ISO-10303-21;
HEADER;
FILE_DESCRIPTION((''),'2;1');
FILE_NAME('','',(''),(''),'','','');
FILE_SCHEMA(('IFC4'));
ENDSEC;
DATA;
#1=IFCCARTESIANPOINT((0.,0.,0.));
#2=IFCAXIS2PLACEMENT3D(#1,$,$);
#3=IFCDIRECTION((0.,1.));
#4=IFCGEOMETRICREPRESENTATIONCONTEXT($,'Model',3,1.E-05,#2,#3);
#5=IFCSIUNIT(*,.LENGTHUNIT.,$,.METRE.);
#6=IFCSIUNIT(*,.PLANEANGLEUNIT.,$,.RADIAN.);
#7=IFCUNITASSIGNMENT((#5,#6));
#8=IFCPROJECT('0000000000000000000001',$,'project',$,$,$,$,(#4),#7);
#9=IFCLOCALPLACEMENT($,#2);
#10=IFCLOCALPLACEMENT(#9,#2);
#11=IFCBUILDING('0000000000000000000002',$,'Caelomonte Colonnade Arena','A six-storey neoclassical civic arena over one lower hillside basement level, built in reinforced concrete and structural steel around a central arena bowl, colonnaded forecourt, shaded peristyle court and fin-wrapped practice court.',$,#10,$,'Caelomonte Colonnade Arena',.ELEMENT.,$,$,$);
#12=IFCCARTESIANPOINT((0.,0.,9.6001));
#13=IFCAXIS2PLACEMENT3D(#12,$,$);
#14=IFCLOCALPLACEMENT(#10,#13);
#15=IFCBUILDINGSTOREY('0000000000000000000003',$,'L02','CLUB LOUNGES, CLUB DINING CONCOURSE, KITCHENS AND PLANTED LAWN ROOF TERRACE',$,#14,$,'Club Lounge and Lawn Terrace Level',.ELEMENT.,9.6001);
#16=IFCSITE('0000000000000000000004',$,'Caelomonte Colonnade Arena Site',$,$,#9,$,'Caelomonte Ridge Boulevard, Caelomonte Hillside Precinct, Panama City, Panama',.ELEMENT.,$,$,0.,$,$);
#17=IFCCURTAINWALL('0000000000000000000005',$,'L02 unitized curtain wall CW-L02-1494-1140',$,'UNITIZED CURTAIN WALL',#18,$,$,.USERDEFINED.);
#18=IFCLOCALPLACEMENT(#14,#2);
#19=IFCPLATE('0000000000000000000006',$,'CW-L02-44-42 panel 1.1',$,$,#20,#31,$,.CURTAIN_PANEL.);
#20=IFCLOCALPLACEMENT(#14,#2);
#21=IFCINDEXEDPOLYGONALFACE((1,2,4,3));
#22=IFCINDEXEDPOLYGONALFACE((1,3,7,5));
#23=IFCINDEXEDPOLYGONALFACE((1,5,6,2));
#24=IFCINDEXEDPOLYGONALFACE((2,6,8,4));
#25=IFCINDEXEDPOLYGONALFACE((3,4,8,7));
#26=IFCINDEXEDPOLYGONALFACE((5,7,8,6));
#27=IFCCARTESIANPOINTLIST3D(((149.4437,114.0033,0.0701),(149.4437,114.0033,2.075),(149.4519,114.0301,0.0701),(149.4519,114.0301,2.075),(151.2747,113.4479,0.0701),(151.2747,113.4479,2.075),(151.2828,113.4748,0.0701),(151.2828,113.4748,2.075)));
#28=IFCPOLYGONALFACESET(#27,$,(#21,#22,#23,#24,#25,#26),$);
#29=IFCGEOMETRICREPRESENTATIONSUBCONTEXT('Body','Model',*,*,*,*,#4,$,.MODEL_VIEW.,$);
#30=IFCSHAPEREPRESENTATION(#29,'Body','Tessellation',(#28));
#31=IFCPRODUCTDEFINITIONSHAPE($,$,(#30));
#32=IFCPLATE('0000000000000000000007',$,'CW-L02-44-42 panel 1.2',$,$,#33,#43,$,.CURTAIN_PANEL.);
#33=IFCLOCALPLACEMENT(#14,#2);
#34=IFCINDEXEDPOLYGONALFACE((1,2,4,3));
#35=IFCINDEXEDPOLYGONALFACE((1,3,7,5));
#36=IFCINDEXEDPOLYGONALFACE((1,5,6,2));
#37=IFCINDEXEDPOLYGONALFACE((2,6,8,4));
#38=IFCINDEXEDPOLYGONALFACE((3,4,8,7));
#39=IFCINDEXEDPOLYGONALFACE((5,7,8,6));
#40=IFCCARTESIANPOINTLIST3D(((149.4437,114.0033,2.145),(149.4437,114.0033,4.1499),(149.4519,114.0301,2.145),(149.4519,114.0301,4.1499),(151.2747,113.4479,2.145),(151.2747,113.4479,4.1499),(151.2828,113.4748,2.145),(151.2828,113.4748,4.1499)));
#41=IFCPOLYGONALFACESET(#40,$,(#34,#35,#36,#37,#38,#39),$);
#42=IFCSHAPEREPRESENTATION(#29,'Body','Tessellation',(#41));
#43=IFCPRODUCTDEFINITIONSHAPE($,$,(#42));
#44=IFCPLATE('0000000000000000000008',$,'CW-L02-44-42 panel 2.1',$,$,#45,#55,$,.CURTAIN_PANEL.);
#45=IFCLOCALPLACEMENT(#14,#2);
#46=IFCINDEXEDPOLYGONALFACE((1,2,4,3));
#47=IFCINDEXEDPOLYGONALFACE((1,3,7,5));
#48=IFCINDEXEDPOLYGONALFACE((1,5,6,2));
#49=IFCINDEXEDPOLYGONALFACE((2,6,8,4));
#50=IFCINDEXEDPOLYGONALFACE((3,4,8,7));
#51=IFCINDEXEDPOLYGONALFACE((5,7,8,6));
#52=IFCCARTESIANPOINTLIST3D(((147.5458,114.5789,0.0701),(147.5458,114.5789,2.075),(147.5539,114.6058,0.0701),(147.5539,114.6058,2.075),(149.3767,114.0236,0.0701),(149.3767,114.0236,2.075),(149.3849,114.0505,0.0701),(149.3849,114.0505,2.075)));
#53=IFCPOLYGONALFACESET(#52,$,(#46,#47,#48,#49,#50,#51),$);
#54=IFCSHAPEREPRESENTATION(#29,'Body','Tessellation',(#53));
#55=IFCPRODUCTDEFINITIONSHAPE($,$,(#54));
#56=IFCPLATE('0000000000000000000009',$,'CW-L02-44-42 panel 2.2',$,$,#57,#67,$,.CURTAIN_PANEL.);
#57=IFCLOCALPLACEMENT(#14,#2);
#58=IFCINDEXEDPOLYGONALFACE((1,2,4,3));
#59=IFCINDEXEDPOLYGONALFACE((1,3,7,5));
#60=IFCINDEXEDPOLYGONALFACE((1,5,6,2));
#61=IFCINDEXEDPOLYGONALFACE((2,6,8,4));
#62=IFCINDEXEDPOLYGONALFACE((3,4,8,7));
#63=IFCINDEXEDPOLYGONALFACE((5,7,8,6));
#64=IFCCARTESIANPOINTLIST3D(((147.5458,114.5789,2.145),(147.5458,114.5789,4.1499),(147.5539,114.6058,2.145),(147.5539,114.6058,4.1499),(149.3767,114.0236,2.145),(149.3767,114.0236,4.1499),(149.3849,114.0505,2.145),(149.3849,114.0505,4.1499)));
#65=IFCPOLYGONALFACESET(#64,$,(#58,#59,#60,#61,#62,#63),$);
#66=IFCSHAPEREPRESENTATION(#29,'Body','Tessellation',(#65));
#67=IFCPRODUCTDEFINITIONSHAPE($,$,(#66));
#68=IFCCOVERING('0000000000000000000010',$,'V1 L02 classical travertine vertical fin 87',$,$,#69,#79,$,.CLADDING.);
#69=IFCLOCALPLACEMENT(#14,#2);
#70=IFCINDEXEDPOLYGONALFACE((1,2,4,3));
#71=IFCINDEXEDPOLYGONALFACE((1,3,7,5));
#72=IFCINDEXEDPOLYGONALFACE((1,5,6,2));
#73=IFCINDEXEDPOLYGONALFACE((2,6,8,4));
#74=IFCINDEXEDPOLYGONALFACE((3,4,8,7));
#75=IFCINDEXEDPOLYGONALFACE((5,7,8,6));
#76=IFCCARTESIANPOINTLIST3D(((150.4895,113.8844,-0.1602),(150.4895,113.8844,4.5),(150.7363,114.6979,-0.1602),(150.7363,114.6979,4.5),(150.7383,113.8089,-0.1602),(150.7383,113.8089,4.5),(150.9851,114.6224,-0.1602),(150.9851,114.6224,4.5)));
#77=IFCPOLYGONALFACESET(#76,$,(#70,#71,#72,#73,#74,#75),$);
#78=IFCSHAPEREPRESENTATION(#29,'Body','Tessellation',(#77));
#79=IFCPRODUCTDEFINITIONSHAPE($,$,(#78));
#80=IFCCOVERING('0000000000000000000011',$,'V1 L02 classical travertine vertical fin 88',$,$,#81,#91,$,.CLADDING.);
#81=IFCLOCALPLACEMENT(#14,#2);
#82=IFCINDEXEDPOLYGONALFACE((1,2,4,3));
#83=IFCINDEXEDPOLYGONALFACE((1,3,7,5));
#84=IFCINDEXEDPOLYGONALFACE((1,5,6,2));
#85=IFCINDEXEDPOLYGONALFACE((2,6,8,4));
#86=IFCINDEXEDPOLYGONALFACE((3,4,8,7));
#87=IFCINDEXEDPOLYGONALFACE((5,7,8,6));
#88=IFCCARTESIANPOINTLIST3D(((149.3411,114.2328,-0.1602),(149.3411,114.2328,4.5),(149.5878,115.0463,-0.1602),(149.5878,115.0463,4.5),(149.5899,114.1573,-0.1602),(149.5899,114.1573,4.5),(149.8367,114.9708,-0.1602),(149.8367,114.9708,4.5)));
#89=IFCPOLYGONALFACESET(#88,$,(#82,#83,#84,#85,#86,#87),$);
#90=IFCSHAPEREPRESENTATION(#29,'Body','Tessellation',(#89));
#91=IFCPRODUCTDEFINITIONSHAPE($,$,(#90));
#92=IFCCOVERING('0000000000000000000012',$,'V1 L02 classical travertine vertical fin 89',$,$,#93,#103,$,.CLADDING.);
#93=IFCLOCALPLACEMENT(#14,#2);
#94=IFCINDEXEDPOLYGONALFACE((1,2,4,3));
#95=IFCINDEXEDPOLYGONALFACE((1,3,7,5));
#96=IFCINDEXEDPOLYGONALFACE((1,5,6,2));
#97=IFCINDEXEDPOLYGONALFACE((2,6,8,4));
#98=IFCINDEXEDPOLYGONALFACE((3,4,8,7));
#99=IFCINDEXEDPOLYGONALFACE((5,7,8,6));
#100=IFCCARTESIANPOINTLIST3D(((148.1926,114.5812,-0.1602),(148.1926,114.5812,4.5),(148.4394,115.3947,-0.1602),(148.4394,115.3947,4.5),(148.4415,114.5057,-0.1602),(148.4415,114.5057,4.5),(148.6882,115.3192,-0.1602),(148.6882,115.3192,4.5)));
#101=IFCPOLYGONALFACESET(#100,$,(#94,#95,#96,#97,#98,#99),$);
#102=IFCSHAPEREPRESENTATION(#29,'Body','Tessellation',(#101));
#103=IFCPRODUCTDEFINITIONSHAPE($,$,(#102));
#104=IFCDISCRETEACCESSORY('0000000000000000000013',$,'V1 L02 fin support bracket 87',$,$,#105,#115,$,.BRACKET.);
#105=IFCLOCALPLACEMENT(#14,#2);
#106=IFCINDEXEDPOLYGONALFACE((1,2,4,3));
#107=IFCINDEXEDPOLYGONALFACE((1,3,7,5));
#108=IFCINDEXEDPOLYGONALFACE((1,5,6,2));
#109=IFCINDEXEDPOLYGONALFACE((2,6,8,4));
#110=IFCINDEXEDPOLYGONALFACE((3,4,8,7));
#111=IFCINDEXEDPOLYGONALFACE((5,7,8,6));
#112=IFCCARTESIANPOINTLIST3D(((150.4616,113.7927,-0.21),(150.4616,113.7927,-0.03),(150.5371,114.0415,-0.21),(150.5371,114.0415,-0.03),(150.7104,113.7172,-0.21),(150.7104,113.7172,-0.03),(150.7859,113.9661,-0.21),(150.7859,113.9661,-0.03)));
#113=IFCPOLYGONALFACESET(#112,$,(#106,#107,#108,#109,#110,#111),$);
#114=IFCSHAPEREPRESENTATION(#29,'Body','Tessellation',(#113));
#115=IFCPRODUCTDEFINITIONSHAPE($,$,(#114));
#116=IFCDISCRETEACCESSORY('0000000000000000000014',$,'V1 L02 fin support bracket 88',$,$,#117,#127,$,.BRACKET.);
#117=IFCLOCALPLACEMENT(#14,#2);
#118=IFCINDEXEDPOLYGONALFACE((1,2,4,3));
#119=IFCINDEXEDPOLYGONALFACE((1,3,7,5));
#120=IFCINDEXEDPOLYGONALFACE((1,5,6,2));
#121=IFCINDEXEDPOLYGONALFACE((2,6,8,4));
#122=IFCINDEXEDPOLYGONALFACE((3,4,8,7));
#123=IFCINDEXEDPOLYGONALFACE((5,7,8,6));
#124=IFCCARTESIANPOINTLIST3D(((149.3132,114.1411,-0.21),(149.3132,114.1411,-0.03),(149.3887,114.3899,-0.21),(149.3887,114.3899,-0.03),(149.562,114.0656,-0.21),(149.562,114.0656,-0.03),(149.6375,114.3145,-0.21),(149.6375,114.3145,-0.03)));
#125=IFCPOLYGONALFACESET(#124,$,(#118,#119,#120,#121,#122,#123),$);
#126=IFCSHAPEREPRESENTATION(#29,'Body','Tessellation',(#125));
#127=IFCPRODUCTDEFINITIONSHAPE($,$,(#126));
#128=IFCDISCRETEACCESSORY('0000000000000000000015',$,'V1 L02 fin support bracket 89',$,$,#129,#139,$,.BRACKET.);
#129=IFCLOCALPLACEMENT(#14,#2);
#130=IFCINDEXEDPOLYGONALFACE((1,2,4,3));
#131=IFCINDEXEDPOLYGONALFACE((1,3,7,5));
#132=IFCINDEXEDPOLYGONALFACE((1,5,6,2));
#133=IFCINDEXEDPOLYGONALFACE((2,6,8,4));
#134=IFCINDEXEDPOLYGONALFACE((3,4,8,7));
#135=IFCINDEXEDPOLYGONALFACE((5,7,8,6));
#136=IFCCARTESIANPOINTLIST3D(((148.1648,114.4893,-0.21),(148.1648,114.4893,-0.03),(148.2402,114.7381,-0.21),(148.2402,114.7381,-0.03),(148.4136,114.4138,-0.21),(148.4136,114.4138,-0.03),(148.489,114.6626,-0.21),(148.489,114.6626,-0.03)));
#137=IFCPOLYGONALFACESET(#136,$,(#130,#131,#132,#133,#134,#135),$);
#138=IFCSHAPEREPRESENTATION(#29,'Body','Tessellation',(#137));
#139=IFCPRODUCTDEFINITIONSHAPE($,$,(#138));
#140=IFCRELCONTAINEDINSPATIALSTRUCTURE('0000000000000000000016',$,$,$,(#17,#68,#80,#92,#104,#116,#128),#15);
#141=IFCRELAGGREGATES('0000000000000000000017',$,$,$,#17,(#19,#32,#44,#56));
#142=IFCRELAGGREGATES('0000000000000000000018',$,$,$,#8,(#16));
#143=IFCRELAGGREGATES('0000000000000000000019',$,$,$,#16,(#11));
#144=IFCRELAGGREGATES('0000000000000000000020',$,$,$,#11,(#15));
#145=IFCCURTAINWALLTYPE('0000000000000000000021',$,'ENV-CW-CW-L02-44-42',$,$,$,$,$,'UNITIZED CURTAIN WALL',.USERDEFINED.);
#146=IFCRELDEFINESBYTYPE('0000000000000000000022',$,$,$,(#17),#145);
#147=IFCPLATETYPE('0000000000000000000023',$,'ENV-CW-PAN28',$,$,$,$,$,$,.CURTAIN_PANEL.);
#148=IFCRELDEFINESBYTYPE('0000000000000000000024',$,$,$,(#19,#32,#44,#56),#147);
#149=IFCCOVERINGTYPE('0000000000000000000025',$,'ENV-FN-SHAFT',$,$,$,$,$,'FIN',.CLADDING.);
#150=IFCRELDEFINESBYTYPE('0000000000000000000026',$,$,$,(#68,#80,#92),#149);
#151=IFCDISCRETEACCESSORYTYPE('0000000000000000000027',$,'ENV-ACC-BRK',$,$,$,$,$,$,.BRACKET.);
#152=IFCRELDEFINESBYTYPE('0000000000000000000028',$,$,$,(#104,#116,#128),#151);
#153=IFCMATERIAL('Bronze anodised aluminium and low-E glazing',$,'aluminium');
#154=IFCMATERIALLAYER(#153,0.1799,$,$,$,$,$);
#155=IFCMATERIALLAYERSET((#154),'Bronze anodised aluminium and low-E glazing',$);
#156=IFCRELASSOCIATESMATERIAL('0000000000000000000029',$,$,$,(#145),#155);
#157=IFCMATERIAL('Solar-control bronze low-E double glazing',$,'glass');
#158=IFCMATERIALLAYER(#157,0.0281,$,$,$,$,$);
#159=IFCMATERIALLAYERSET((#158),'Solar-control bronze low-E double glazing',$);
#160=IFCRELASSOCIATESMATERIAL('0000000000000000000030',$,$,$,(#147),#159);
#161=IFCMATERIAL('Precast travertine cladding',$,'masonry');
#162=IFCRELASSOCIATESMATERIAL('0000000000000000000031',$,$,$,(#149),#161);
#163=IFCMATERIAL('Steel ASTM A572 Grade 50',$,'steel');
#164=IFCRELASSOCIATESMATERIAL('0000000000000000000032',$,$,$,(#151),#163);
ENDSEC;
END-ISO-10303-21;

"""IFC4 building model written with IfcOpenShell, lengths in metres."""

from ifc_helpers import new_model, si_unit, direction, frame, origin, origin_2d, place, context, subcontext, project, spatial, rectangle, extrude, material, layer, layer_set, material_profile, profile_set, type_object, element, aggregate, save


model = new_model("IFC4")

# Units and contexts
model_context = context("Model", 3, precision=1e-05, world=origin(), true_north=direction((0.0, 1.0)))
body_context = subcontext(model_context, "Body", "Model", "MODEL_VIEW")
ifc_project = project(units=[si_unit("LENGTHUNIT", "METRE"), si_unit("PLANEANGLEUNIT", "RADIAN")], contexts=[model_context])

# Site, building, storey
site_placement = place(None, origin())
site = spatial("IfcSite", under=ifc_project, at=site_placement, Name="Caelomonte Colonnade Arena Site", LongName="Caelomonte Ridge Boulevard, Caelomonte Hillside Precinct, Panama City, Panama", CompositionType="ELEMENT", RefElevation=0.0)
building_placement = place(site_placement, origin())
building = spatial("IfcBuilding", under=site, at=building_placement, Name="Caelomonte Colonnade Arena", Description="A six-storey neoclassical civic arena over one lower hillside basement level, built in reinforced concrete and structural steel around a central arena bowl, colonnaded forecourt, shaded peristyle court and fin-wrapped practice court.", LongName="Caelomonte Colonnade Arena", CompositionType="ELEMENT")
storey_placement = place(building_placement, frame((0.0, 0.0, 9.6001)))
storey = spatial("IfcBuildingStorey", under=building, at=storey_placement, Name="L02", Description="CLUB LOUNGES, CLUB DINING CONCOURSE, KITCHENS AND PLANTED LAWN ROOF TERRACE", LongName="Club Lounge and Lawn Terrace Level", CompositionType="ELEMENT", Elevation=9.6001)

# Shared definitions
ifc_material_1 = material(Name="Bronze anodised aluminium and low-E glazing", Category="aluminium")

# Curtain wall
ifc_layer_1 = layer(ifc_material_1, 0.1799)
ifc_layer_set_1 = layer_set([ifc_layer_1], Name="Bronze anodised aluminium and low-E glazing")
curtain_wall_type_1 = type_object("IfcCurtainWallType", Name="ENV-CW-CW-L02-44-42", ElementType="UNITIZED CURTAIN WALL", PredefinedType="USERDEFINED", material=ifc_layer_set_1)
curtain_wall_1_placement = place(storey_placement, origin())
curtain_wall_1 = element("IfcCurtainWall", 1, at=curtain_wall_1_placement, inside=storey, type_object=curtain_wall_type_1, Name="L02 unitized curtain wall CW-L02-1494-1140", ObjectType="UNITIZED CURTAIN WALL", PredefinedType="USERDEFINED")

# Plates
ifc_material_2 = material(Name="Solar-control bronze low-E double glazing", Category="glass")
ifc_layer_2 = layer(ifc_material_2, 0.0281)
ifc_layer_set_2 = layer_set([ifc_layer_2], Name="Solar-control bronze low-E double glazing")
plate_type = type_object("IfcPlateType", Name="ENV-CW-PAN28", PredefinedType="CURTAIN_PANEL", material=ifc_layer_set_2)
plate_1_placement = place(storey_placement, frame((150.3633, 113.739, 0.0701), z_axis=(0.0, 0.0, 1.0), x_axis=(-0.956949, 0.290256, 0.0)))
plate_1 = element("IfcPlate", 2, at=plate_1_placement, type_object=plate_type, Name="CW-L02-44-42 panel 1.1", PredefinedType="CURTAIN_PANEL", context=body_context, shape_type="SweptSolid", body=[
    extrude(rectangle(XDim=1.9133, YDim=0.0281, at=origin_2d()), origin(), (0.0, 0.0, 1.0), 2.0049),
])
plate_2_placement = place(storey_placement, frame((150.3633, 113.739, 2.145), z_axis=(0.0, 0.0, 1.0), x_axis=(-0.956949, 0.290256, 0.0)))
plate_2 = element("IfcPlate", 3, at=plate_2_placement, type_object=plate_type, Name="CW-L02-44-42 panel 1.2", PredefinedType="CURTAIN_PANEL", context=body_context, shape_type="SweptSolid", body=[
    extrude(rectangle(XDim=1.9133, YDim=0.0281, at=origin_2d()), origin(), (0.0, 0.0, 1.0), 2.0049),
])
plate_3_placement = place(storey_placement, frame((148.4653, 114.3147, 0.0701), z_axis=(0.0, 0.0, 1.0), x_axis=(-0.956949, 0.290256, 0.0)))
plate_3 = element("IfcPlate", 4, at=plate_3_placement, type_object=plate_type, Name="CW-L02-44-42 panel 2.1", PredefinedType="CURTAIN_PANEL", context=body_context, shape_type="SweptSolid", body=[
    extrude(rectangle(XDim=1.9133, YDim=0.0281, at=origin_2d()), origin(), (0.0, 0.0, 1.0), 2.0049),
])
plate_4_placement = place(storey_placement, frame((148.4653, 114.3147, 2.145), z_axis=(0.0, 0.0, 1.0), x_axis=(-0.956949, 0.290256, 0.0)))
plate_4 = element("IfcPlate", 5, at=plate_4_placement, type_object=plate_type, Name="CW-L02-44-42 panel 2.2", PredefinedType="CURTAIN_PANEL", context=body_context, shape_type="SweptSolid", body=[
    extrude(rectangle(XDim=1.9133, YDim=0.0281, at=origin_2d()), origin(), (0.0, 0.0, 1.0), 2.0049),
])
aggregate(curtain_wall_1, [plate_1, plate_2, plate_3, plate_4])

# Coverings
ifc_material_3 = material(Name="Precast travertine cladding", Category="masonry")
ifc_material_profile_1 = material_profile(ifc_material_3, rectangle(XDim=0.26, YDim=0.8501, at=origin_2d()), Name="FIN260X850")
ifc_profile_set_1 = profile_set([ifc_material_profile_1], Name="Precast travertine cladding")
covering_type = type_object("IfcCoveringType", Name="ENV-FN-SHAFT", ElementType="FIN", PredefinedType="CLADDING", material=ifc_profile_set_1)
for number, where, z_axis, x_axis, name in (
    (6, (150.7373, 114.2534, -0.1602), (0.0, 0.0, 1.0), (0.956943, -0.290276, 0.0), "V1 L02 classical travertine vertical fin 87"),
    (7, (149.5889, 114.6018, -0.1602), (0.0, 0.0, 1.0), (0.956943, -0.290276, 0.0), "V1 L02 classical travertine vertical fin 88"),
    (8, (148.4404, 114.9502, -0.1602), (0.0, 0.0, 1.0), (0.956943, -0.290276, 0.0), "V1 L02 classical travertine vertical fin 89"),
):
    element("IfcCovering", number, at=place(storey_placement, frame(where, z_axis=z_axis, x_axis=x_axis)), inside=storey, type_object=covering_type, Name=name, PredefinedType="CLADDING", context=body_context, shape_type="SweptSolid", body=[
        extrude(rectangle(XDim=0.26, YDim=0.8501, at=origin_2d()), origin(), (0.0, 0.0, 1.0), 4.6602),
    ])

# Discrete accessories
ifc_material_4 = material(Name="Steel ASTM A572 Grade 50", Category="steel")
discrete_accessory_type = type_object("IfcDiscreteAccessoryType", Name="ENV-ACC-BRK", PredefinedType="BRACKET", material=ifc_material_4)
for number, where, z_axis, x_axis, name in (
    (9, (150.6238, 113.8794, -0.21), (0.0, 0.0, 1.0), (-0.956943, 0.290276, 0.0), "V1 L02 fin support bracket 87"),
    (10, (149.4753, 114.2278, -0.21), (0.0, 0.0, 1.0), (-0.956943, 0.290276, 0.0), "V1 L02 fin support bracket 88"),
    (11, (148.3269, 114.5759, -0.21), (0.0, 0.0, 1.0), (-0.956943, 0.290276, 0.0), "V1 L02 fin support bracket 89"),
):
    element("IfcDiscreteAccessory", number, at=place(storey_placement, frame(where, z_axis=z_axis, x_axis=x_axis)), inside=storey, type_object=discrete_accessory_type, Name=name, PredefinedType="BRACKET", context=body_context, shape_type="SweptSolid", body=[
        extrude(rectangle(XDim=0.26, YDim=0.26, at=origin_2d()), origin(), (0.0, 0.0, 1.0), 0.1799),
    ])

save(model, "model.ifc")
